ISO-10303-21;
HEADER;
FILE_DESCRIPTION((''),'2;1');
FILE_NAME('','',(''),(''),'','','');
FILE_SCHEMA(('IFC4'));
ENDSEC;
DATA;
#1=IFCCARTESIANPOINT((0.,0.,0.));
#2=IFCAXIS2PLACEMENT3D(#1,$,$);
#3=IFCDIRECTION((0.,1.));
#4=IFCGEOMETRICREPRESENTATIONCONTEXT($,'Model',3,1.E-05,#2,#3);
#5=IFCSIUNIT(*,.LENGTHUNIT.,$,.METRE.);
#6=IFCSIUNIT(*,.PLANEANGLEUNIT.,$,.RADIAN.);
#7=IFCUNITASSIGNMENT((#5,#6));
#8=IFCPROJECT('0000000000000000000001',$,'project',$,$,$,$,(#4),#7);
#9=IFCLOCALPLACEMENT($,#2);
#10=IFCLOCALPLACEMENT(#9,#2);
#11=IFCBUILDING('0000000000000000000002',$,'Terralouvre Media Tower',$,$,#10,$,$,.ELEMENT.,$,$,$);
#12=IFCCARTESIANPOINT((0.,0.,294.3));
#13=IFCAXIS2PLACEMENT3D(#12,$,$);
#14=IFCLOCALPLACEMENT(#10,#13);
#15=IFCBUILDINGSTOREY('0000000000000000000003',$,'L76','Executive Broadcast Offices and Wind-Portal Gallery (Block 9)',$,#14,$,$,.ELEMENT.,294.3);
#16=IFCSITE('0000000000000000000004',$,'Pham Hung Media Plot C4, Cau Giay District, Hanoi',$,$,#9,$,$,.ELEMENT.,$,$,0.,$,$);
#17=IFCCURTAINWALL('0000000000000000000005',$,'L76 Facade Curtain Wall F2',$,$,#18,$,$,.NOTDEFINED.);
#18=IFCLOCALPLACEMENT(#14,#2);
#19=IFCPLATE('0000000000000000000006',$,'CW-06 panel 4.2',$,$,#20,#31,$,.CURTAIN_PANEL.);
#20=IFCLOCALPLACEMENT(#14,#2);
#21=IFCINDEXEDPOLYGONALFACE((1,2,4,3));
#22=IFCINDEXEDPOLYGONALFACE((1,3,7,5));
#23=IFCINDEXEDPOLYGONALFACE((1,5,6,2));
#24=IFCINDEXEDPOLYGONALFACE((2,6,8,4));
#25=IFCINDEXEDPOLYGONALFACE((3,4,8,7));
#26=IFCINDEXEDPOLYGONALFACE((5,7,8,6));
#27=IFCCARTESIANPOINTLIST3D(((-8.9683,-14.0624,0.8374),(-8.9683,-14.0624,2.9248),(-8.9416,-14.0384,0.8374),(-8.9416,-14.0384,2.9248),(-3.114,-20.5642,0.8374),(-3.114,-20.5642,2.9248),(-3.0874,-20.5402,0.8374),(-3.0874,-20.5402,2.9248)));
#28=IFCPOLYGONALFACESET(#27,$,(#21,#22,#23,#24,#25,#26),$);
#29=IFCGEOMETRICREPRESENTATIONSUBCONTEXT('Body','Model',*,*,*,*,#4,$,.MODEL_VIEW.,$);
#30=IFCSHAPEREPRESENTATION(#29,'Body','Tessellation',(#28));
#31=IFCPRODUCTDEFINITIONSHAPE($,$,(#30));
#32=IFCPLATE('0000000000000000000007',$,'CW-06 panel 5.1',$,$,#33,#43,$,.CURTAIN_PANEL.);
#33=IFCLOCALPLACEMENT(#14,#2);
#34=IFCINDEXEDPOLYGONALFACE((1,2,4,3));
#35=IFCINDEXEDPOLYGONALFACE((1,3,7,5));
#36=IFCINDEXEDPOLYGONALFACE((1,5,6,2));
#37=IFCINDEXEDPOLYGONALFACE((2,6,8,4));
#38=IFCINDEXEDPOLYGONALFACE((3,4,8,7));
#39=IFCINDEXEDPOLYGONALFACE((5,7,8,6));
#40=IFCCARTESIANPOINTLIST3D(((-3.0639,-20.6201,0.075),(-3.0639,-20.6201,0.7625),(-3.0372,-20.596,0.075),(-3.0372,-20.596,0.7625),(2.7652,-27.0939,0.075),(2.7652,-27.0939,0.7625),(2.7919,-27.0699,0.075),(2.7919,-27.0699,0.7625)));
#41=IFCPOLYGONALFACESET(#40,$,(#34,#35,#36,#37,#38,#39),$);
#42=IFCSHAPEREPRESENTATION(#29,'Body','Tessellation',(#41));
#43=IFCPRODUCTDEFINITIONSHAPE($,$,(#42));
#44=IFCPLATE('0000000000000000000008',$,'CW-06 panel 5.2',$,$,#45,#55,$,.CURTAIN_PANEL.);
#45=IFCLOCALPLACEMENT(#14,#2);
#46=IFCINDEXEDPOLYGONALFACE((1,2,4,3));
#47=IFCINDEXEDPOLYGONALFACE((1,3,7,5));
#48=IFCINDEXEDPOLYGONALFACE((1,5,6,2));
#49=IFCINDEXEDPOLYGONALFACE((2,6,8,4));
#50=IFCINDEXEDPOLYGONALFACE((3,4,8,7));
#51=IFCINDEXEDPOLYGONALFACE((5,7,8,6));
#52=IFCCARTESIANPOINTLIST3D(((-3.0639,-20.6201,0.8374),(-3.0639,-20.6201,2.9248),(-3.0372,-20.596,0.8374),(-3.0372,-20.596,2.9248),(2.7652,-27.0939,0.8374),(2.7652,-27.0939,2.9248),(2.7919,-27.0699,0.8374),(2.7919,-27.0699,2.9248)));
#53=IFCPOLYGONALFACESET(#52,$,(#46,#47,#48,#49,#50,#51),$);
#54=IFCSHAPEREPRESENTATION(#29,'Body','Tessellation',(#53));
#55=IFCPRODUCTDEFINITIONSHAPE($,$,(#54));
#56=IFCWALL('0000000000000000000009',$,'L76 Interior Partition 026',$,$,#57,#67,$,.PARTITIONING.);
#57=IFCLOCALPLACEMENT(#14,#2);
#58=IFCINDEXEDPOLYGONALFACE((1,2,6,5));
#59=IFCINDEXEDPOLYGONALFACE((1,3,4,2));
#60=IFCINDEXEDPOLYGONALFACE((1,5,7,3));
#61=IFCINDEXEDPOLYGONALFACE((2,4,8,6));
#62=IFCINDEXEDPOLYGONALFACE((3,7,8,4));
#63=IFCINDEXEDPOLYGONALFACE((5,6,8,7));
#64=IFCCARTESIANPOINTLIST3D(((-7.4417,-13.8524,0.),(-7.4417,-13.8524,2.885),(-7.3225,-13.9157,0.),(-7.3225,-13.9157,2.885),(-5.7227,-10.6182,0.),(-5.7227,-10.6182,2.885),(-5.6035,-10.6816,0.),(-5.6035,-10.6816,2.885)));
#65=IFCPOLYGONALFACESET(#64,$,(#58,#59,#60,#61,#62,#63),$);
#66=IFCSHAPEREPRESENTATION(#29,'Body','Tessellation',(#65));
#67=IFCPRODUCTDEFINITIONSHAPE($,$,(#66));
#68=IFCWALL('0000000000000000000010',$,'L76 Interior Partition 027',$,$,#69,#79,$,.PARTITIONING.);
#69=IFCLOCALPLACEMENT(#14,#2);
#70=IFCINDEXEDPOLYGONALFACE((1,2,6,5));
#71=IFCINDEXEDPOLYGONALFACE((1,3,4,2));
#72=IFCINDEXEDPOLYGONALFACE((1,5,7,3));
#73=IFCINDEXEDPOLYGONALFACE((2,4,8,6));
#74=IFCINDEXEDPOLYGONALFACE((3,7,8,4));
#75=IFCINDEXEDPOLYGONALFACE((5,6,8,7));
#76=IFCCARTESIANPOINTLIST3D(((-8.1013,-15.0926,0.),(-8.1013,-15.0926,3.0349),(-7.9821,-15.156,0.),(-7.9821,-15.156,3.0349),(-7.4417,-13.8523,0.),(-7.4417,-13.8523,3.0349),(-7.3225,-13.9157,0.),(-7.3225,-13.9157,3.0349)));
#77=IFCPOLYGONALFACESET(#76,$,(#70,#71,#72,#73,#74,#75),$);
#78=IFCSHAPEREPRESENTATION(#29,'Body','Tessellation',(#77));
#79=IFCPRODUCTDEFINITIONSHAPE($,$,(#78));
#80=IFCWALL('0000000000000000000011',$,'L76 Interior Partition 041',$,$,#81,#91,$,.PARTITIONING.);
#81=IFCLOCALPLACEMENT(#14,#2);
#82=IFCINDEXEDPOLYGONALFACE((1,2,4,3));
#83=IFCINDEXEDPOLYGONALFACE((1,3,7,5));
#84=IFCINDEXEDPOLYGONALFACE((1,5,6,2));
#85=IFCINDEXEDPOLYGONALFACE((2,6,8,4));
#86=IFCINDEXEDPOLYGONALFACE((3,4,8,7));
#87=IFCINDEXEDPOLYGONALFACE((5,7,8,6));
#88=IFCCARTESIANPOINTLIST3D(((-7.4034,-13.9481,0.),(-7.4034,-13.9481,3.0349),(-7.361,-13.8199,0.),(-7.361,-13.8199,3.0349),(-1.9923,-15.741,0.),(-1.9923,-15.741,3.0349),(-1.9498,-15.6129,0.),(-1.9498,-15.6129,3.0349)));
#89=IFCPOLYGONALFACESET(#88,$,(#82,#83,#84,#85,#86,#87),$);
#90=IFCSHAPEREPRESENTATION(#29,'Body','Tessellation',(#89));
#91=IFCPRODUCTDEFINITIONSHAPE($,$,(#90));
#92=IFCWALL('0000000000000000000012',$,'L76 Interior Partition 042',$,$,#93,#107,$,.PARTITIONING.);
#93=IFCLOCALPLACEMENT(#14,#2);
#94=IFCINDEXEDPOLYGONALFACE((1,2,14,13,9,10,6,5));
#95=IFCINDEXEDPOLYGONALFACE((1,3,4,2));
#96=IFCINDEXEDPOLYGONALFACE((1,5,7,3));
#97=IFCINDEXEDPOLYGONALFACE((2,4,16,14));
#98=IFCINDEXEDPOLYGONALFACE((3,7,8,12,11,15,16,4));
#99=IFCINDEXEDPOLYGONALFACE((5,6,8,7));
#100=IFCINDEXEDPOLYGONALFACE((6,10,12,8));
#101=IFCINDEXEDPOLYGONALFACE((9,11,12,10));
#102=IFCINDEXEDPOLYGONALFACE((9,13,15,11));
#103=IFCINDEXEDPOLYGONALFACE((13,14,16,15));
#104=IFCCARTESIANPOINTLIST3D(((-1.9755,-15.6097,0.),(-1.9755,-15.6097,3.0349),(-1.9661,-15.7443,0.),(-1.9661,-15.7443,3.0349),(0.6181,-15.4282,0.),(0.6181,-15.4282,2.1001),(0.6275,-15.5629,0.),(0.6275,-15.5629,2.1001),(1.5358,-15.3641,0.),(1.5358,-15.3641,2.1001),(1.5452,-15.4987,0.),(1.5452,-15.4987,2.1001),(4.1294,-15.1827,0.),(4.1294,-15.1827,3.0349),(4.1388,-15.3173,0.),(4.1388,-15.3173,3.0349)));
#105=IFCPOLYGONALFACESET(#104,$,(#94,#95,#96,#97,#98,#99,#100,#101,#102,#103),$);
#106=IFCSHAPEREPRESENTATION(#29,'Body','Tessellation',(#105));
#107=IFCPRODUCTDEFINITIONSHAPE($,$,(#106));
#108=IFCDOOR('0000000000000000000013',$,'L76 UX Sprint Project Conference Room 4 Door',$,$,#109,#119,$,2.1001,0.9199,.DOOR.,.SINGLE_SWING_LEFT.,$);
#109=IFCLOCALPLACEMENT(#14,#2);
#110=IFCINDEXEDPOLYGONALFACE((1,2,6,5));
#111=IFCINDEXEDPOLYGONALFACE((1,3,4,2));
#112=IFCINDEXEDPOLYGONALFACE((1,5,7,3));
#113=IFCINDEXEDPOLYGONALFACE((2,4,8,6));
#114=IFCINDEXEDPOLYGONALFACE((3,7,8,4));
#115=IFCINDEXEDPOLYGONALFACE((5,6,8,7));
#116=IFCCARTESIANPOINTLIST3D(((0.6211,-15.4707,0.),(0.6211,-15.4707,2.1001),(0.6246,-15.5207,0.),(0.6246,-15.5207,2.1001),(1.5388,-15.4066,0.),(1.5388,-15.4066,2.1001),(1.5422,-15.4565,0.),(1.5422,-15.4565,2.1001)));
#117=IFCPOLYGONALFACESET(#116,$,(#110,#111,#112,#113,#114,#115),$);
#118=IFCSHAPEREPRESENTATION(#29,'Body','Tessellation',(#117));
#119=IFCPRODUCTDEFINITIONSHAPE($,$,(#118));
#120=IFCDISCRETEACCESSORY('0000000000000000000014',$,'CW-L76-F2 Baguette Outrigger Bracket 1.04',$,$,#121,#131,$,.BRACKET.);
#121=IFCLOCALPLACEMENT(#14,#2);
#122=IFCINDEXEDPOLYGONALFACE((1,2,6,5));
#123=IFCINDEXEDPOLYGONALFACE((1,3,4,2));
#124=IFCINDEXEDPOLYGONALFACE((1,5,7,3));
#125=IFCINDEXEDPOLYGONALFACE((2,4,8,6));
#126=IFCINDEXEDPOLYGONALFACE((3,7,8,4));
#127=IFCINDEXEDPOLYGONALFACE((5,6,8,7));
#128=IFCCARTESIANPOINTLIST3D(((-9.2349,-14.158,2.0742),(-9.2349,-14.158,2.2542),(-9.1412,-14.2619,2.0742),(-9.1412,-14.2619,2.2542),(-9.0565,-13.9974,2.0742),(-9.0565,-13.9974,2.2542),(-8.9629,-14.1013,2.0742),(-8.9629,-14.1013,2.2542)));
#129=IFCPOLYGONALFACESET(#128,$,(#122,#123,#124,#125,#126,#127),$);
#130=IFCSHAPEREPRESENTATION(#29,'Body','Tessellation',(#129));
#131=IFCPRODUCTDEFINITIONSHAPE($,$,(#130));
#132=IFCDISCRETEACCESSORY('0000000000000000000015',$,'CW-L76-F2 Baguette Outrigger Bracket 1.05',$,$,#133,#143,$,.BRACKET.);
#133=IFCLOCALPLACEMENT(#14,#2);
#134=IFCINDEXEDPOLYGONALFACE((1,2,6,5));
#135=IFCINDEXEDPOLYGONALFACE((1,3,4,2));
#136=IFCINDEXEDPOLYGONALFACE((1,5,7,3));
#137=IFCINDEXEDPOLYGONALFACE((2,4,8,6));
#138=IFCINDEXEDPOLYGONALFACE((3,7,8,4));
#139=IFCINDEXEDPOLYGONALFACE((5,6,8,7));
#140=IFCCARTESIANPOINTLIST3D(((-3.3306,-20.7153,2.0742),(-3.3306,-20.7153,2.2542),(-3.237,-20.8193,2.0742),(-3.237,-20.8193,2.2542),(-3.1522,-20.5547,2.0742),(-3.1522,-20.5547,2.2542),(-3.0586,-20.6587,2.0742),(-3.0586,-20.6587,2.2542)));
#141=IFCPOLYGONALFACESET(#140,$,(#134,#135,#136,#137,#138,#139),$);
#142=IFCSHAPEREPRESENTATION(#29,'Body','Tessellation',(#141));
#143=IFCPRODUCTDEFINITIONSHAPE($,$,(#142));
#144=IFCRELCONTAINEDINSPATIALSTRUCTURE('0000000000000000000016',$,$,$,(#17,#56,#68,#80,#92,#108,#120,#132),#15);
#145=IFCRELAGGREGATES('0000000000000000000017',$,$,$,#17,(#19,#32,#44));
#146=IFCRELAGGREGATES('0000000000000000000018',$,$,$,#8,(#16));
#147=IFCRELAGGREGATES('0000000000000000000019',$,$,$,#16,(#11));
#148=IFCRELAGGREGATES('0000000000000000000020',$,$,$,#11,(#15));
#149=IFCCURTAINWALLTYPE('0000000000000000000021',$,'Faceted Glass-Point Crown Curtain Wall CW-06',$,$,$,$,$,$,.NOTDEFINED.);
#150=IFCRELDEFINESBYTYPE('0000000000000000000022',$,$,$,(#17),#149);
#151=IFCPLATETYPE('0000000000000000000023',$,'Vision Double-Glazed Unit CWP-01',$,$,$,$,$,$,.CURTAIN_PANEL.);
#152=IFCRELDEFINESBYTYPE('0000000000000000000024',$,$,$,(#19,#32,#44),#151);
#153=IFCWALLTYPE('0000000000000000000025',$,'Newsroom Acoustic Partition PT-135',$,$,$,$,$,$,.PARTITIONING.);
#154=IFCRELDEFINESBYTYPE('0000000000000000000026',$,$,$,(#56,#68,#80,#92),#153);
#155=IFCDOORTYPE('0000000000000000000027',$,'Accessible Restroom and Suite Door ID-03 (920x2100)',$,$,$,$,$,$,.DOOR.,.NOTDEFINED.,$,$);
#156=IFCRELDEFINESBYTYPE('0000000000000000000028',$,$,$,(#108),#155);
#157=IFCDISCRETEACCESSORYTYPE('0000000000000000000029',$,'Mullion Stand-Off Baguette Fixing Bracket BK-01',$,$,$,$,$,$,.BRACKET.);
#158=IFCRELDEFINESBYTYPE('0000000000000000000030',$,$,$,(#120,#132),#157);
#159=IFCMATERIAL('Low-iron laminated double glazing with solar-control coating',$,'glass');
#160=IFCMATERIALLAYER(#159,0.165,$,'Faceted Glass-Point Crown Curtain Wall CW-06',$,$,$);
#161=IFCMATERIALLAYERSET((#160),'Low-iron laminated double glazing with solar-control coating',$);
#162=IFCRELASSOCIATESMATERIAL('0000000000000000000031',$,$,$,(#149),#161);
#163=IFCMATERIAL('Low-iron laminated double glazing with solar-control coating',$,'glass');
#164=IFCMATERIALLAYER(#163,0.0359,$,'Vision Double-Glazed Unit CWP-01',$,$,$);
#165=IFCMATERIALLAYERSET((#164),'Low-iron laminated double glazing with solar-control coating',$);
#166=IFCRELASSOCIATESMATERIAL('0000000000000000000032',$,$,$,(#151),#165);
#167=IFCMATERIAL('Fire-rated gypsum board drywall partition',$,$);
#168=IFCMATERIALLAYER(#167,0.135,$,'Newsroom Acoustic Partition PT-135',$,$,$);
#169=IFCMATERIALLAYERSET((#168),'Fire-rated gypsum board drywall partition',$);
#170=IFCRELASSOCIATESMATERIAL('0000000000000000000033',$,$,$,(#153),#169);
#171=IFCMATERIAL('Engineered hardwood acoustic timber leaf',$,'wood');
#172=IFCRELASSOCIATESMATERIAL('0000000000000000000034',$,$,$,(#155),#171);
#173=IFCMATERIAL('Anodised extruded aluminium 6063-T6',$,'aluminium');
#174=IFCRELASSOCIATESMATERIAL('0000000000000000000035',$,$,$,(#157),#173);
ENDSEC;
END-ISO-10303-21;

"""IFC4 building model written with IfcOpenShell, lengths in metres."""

from ifc_helpers import new_model, si_unit, direction, frame, frame_2d, origin, origin_2d, place, context, subcontext, project, spatial, rectangle, extrude, material, layer, layer_set, type_object, element, fill, aggregate, save


model = new_model("IFC4")

# Units and contexts
model_context = context("Model", 3, precision=1e-05, world=origin(), true_north=direction((0.0, 1.0)))
body_context = subcontext(model_context, "Body", "Model", "MODEL_VIEW")
ifc_project = project(units=[si_unit("LENGTHUNIT", "METRE"), si_unit("PLANEANGLEUNIT", "RADIAN")], contexts=[model_context])

# Site, building, storey
site_placement = place(None, origin())
site = spatial("IfcSite", under=ifc_project, at=site_placement, Name="Pham Hung Media Plot C4, Cau Giay District, Hanoi", CompositionType="ELEMENT", RefElevation=0.0)
building_placement = place(site_placement, origin())
building = spatial("IfcBuilding", under=site, at=building_placement, Name="Terralouvre Media Tower", CompositionType="ELEMENT")
storey_placement = place(building_placement, frame((0.0, 0.0, 294.3)))
storey = spatial("IfcBuildingStorey", under=building, at=storey_placement, Name="L76", Description="Executive Broadcast Offices and Wind-Portal Gallery (Block 9)", CompositionType="ELEMENT", Elevation=294.3)

# Curtain wall
ifc_material_1 = material(Name="Low-iron laminated double glazing with solar-control coating", Category="glass")
ifc_layer_1 = layer(ifc_material_1, 0.165, Name="Faceted Glass-Point Crown Curtain Wall CW-06")
ifc_layer_set_1 = layer_set([ifc_layer_1], Name="Low-iron laminated double glazing with solar-control coating")
curtain_wall_type = type_object("IfcCurtainWallType", Name="Faceted Glass-Point Crown Curtain Wall CW-06", PredefinedType="NOTDEFINED", material=ifc_layer_set_1)
curtain_wall_placement = place(storey_placement, origin())
curtain_wall = element("IfcCurtainWall", 1, at=curtain_wall_placement, inside=storey, type_object=curtain_wall_type, Name="L76 Facade Curtain Wall F2", PredefinedType="NOTDEFINED")

# Plates
ifc_material_2 = material(Name="Low-iron laminated double glazing with solar-control coating", Category="glass")
ifc_layer_2 = layer(ifc_material_2, 0.0359, Name="Vision Double-Glazed Unit CWP-01")
ifc_layer_set_2 = layer_set([ifc_layer_2], Name="Low-iron laminated double glazing with solar-control coating")
plate_type = type_object("IfcPlateType", Name="Vision Double-Glazed Unit CWP-01", PredefinedType="CURTAIN_PANEL", material=ifc_layer_set_2)
plate_1_placement = place(storey_placement, frame((-6.0278, -17.3013, 0.8374), z_axis=(0.0, 0.0, 1.0), x_axis=(0.669131, -0.743145, 0.0)))
plate_1 = element("IfcPlate", 2, at=plate_1_placement, type_object=plate_type, Name="CW-06 panel 4.2", PredefinedType="CURTAIN_PANEL", context=body_context, shape_type="SweptSolid", body=[
    extrude(rectangle(XDim=8.749, YDim=0.0359, at=origin_2d()), origin(), (0.0, 0.0, 1.0), 2.0874),
])
plate_2_placement = place(storey_placement, frame((-0.136, -23.845, 0.075), z_axis=(0.0, 0.0, 1.0), x_axis=(0.669131, -0.743145, 0.0)))
plate_2 = element("IfcPlate", 3, at=plate_2_placement, type_object=plate_type, Name="CW-06 panel 5.1", PredefinedType="CURTAIN_PANEL", context=body_context, shape_type="SweptSolid", body=[
    extrude(rectangle(XDim=8.7114, YDim=0.0359, at=origin_2d()), origin(), (0.0, 0.0, 1.0), 0.6875),
])
plate_3_placement = place(storey_placement, frame((-0.136, -23.845, 0.8374), z_axis=(0.0, 0.0, 1.0), x_axis=(0.669131, -0.743145, 0.0)))
plate_3 = element("IfcPlate", 4, at=plate_3_placement, type_object=plate_type, Name="CW-06 panel 5.2", PredefinedType="CURTAIN_PANEL", context=body_context, shape_type="SweptSolid", body=[
    extrude(rectangle(XDim=8.7114, YDim=0.0359, at=origin_2d()), origin(), (0.0, 0.0, 1.0), 2.0874),
])
aggregate(curtain_wall, [plate_1, plate_2, plate_3])

# Walls
ifc_material_3 = material(Name="Fire-rated gypsum board drywall partition")
ifc_layer_3 = layer(ifc_material_3, 0.135, Name="Newsroom Acoustic Partition PT-135")
ifc_layer_set_3 = layer_set([ifc_layer_3], Name="Fire-rated gypsum board drywall partition")
wall_type = type_object("IfcWallType", Name="Newsroom Acoustic Partition PT-135", PredefinedType="PARTITIONING", material=ifc_layer_set_3)
wall_1_placement = place(storey_placement, frame((-7.3821, -13.884, 0.0), z_axis=(0.0, 0.0, 1.0), x_axis=(0.469339, 0.883018, 0.0)))
element("IfcWall", 5, at=wall_1_placement, inside=storey, type_object=wall_type, Name="L76 Interior Partition 026", PredefinedType="PARTITIONING", context=body_context, shape_type="SweptSolid", body=[
    extrude(rectangle(XDim=3.6626, YDim=0.135, at=frame_2d((1.8313, 0.0))), origin(), (0.0, 0.0, 1.0), 2.885),
])
wall_2_placement = place(storey_placement, frame((-8.0417, -15.1243, 0.0), z_axis=(0.0, 0.0, 1.0), x_axis=(0.469596, 0.882882, 0.0)))
element("IfcWall", 6, at=wall_2_placement, inside=storey, type_object=wall_type, Name="L76 Interior Partition 027", PredefinedType="PARTITIONING", context=body_context, shape_type="SweptSolid", body=[
    extrude(rectangle(XDim=1.4048, YDim=0.135, at=frame_2d((0.7024, 0.0))), origin(), (0.0, 0.0, 1.0), 3.0349),
])
wall_3_placement = place(storey_placement, frame((-7.3821, -13.884, 0.0), z_axis=(0.0, 0.0, 1.0), x_axis=(0.949247, -0.314531, 0.0)))
element("IfcWall", 7, at=wall_3_placement, inside=storey, type_object=wall_type, Name="L76 Interior Partition 041", PredefinedType="PARTITIONING", context=body_context, shape_type="SweptSolid", body=[
    extrude(rectangle(XDim=5.7004, YDim=0.135, at=frame_2d((2.8501, 0.0))), origin(), (0.0, 0.0, 1.0), 3.0349),
])

# Wall, opening, door
wall_4_placement = place(storey_placement, frame((-1.9709, -15.677, 0.0), z_axis=(0.0, 0.0, 1.0), x_axis=(0.997563, 0.069773, 0.0)))
wall_4 = element("IfcWall", 8, at=wall_4_placement, inside=storey, type_object=wall_type, Name="L76 Interior Partition 042", PredefinedType="PARTITIONING", context=body_context, shape_type="SweptSolid", body=[
    extrude(rectangle(XDim=6.1199, YDim=0.135, at=frame_2d((3.0601, 0.0))), origin(), (0.0, 0.0, 1.0), 3.0349),
])
opening_placement = place(wall_4_placement, frame((2.6001, 0.0, 0.0)))
opening = element("IfcOpeningElement", 9, at=opening_placement, cuts=wall_4, PredefinedType="OPENING", context=body_context, shape_type="SweptSolid", body=[
    extrude(rectangle(XDim=0.9199, YDim=2.1001, at=frame_2d((0.46, 1.05))), frame((0.0, 0.0774, 0.0), z_axis=(0.0, -1.0, 0.0), x_axis=(1.0, 0.0, 0.0)), (0.0, 0.0, 1.0), 0.155),
])
ifc_material_4 = material(Name="Engineered hardwood acoustic timber leaf", Category="wood")
door_type = type_object("IfcDoorType", Name="Accessible Restroom and Suite Door ID-03 (920x2100)", OperationType="NOTDEFINED", PredefinedType="DOOR", material=ifc_material_4)
door_placement = place(opening_placement, origin())
door = element("IfcDoor", 10, at=door_placement, inside=storey, type_object=door_type, Name="L76 UX Sprint Project Conference Room 4 Door", OperationType="SINGLE_SWING_LEFT", OverallHeight=2.1001, OverallWidth=0.9199, PredefinedType="DOOR", context=body_context, shape_type="SweptSolid", body=[
    extrude(rectangle(XDim=0.9199, YDim=2.1001, at=frame_2d((0.46, 1.05))), frame((0.0, 0.0249, 0.0), z_axis=(0.0, -1.0, 0.0), x_axis=(1.0, 0.0, 0.0)), (0.0, 0.0, 1.0), 0.05),
])
fill(opening, door)

# Discrete accessories
ifc_material_5 = material(Name="Anodised extruded aluminium 6063-T6", Category="aluminium")
discrete_accessory_type = type_object("IfcDiscreteAccessoryType", Name="Mullion Stand-Off Baguette Fixing Bracket BK-01", PredefinedType="BRACKET", material=ifc_material_5)
for number, where, z_axis, x_axis, name in (
    (11, (-9.0989, -14.1296, 2.0742), (0.0, 0.0, 1.0), (0.669131, -0.743145, 0.0), "CW-L76-F2 Baguette Outrigger Bracket 1.04"),
    (12, (-3.1946, -20.687, 2.0742), (0.0, 0.0, 1.0), (0.669131, -0.743145, 0.0), "CW-L76-F2 Baguette Outrigger Bracket 1.05"),
):
    element("IfcDiscreteAccessory", number, at=place(storey_placement, frame(where, z_axis=z_axis, x_axis=x_axis)), inside=storey, type_object=discrete_accessory_type, Name=name, PredefinedType="BRACKET", context=body_context, shape_type="SweptSolid", body=[
        extrude(rectangle(XDim=0.1399, YDim=0.24, at=origin_2d()), origin(), (0.0, 0.0, 1.0), 0.1799),
    ])

save(model, "model.ifc")
